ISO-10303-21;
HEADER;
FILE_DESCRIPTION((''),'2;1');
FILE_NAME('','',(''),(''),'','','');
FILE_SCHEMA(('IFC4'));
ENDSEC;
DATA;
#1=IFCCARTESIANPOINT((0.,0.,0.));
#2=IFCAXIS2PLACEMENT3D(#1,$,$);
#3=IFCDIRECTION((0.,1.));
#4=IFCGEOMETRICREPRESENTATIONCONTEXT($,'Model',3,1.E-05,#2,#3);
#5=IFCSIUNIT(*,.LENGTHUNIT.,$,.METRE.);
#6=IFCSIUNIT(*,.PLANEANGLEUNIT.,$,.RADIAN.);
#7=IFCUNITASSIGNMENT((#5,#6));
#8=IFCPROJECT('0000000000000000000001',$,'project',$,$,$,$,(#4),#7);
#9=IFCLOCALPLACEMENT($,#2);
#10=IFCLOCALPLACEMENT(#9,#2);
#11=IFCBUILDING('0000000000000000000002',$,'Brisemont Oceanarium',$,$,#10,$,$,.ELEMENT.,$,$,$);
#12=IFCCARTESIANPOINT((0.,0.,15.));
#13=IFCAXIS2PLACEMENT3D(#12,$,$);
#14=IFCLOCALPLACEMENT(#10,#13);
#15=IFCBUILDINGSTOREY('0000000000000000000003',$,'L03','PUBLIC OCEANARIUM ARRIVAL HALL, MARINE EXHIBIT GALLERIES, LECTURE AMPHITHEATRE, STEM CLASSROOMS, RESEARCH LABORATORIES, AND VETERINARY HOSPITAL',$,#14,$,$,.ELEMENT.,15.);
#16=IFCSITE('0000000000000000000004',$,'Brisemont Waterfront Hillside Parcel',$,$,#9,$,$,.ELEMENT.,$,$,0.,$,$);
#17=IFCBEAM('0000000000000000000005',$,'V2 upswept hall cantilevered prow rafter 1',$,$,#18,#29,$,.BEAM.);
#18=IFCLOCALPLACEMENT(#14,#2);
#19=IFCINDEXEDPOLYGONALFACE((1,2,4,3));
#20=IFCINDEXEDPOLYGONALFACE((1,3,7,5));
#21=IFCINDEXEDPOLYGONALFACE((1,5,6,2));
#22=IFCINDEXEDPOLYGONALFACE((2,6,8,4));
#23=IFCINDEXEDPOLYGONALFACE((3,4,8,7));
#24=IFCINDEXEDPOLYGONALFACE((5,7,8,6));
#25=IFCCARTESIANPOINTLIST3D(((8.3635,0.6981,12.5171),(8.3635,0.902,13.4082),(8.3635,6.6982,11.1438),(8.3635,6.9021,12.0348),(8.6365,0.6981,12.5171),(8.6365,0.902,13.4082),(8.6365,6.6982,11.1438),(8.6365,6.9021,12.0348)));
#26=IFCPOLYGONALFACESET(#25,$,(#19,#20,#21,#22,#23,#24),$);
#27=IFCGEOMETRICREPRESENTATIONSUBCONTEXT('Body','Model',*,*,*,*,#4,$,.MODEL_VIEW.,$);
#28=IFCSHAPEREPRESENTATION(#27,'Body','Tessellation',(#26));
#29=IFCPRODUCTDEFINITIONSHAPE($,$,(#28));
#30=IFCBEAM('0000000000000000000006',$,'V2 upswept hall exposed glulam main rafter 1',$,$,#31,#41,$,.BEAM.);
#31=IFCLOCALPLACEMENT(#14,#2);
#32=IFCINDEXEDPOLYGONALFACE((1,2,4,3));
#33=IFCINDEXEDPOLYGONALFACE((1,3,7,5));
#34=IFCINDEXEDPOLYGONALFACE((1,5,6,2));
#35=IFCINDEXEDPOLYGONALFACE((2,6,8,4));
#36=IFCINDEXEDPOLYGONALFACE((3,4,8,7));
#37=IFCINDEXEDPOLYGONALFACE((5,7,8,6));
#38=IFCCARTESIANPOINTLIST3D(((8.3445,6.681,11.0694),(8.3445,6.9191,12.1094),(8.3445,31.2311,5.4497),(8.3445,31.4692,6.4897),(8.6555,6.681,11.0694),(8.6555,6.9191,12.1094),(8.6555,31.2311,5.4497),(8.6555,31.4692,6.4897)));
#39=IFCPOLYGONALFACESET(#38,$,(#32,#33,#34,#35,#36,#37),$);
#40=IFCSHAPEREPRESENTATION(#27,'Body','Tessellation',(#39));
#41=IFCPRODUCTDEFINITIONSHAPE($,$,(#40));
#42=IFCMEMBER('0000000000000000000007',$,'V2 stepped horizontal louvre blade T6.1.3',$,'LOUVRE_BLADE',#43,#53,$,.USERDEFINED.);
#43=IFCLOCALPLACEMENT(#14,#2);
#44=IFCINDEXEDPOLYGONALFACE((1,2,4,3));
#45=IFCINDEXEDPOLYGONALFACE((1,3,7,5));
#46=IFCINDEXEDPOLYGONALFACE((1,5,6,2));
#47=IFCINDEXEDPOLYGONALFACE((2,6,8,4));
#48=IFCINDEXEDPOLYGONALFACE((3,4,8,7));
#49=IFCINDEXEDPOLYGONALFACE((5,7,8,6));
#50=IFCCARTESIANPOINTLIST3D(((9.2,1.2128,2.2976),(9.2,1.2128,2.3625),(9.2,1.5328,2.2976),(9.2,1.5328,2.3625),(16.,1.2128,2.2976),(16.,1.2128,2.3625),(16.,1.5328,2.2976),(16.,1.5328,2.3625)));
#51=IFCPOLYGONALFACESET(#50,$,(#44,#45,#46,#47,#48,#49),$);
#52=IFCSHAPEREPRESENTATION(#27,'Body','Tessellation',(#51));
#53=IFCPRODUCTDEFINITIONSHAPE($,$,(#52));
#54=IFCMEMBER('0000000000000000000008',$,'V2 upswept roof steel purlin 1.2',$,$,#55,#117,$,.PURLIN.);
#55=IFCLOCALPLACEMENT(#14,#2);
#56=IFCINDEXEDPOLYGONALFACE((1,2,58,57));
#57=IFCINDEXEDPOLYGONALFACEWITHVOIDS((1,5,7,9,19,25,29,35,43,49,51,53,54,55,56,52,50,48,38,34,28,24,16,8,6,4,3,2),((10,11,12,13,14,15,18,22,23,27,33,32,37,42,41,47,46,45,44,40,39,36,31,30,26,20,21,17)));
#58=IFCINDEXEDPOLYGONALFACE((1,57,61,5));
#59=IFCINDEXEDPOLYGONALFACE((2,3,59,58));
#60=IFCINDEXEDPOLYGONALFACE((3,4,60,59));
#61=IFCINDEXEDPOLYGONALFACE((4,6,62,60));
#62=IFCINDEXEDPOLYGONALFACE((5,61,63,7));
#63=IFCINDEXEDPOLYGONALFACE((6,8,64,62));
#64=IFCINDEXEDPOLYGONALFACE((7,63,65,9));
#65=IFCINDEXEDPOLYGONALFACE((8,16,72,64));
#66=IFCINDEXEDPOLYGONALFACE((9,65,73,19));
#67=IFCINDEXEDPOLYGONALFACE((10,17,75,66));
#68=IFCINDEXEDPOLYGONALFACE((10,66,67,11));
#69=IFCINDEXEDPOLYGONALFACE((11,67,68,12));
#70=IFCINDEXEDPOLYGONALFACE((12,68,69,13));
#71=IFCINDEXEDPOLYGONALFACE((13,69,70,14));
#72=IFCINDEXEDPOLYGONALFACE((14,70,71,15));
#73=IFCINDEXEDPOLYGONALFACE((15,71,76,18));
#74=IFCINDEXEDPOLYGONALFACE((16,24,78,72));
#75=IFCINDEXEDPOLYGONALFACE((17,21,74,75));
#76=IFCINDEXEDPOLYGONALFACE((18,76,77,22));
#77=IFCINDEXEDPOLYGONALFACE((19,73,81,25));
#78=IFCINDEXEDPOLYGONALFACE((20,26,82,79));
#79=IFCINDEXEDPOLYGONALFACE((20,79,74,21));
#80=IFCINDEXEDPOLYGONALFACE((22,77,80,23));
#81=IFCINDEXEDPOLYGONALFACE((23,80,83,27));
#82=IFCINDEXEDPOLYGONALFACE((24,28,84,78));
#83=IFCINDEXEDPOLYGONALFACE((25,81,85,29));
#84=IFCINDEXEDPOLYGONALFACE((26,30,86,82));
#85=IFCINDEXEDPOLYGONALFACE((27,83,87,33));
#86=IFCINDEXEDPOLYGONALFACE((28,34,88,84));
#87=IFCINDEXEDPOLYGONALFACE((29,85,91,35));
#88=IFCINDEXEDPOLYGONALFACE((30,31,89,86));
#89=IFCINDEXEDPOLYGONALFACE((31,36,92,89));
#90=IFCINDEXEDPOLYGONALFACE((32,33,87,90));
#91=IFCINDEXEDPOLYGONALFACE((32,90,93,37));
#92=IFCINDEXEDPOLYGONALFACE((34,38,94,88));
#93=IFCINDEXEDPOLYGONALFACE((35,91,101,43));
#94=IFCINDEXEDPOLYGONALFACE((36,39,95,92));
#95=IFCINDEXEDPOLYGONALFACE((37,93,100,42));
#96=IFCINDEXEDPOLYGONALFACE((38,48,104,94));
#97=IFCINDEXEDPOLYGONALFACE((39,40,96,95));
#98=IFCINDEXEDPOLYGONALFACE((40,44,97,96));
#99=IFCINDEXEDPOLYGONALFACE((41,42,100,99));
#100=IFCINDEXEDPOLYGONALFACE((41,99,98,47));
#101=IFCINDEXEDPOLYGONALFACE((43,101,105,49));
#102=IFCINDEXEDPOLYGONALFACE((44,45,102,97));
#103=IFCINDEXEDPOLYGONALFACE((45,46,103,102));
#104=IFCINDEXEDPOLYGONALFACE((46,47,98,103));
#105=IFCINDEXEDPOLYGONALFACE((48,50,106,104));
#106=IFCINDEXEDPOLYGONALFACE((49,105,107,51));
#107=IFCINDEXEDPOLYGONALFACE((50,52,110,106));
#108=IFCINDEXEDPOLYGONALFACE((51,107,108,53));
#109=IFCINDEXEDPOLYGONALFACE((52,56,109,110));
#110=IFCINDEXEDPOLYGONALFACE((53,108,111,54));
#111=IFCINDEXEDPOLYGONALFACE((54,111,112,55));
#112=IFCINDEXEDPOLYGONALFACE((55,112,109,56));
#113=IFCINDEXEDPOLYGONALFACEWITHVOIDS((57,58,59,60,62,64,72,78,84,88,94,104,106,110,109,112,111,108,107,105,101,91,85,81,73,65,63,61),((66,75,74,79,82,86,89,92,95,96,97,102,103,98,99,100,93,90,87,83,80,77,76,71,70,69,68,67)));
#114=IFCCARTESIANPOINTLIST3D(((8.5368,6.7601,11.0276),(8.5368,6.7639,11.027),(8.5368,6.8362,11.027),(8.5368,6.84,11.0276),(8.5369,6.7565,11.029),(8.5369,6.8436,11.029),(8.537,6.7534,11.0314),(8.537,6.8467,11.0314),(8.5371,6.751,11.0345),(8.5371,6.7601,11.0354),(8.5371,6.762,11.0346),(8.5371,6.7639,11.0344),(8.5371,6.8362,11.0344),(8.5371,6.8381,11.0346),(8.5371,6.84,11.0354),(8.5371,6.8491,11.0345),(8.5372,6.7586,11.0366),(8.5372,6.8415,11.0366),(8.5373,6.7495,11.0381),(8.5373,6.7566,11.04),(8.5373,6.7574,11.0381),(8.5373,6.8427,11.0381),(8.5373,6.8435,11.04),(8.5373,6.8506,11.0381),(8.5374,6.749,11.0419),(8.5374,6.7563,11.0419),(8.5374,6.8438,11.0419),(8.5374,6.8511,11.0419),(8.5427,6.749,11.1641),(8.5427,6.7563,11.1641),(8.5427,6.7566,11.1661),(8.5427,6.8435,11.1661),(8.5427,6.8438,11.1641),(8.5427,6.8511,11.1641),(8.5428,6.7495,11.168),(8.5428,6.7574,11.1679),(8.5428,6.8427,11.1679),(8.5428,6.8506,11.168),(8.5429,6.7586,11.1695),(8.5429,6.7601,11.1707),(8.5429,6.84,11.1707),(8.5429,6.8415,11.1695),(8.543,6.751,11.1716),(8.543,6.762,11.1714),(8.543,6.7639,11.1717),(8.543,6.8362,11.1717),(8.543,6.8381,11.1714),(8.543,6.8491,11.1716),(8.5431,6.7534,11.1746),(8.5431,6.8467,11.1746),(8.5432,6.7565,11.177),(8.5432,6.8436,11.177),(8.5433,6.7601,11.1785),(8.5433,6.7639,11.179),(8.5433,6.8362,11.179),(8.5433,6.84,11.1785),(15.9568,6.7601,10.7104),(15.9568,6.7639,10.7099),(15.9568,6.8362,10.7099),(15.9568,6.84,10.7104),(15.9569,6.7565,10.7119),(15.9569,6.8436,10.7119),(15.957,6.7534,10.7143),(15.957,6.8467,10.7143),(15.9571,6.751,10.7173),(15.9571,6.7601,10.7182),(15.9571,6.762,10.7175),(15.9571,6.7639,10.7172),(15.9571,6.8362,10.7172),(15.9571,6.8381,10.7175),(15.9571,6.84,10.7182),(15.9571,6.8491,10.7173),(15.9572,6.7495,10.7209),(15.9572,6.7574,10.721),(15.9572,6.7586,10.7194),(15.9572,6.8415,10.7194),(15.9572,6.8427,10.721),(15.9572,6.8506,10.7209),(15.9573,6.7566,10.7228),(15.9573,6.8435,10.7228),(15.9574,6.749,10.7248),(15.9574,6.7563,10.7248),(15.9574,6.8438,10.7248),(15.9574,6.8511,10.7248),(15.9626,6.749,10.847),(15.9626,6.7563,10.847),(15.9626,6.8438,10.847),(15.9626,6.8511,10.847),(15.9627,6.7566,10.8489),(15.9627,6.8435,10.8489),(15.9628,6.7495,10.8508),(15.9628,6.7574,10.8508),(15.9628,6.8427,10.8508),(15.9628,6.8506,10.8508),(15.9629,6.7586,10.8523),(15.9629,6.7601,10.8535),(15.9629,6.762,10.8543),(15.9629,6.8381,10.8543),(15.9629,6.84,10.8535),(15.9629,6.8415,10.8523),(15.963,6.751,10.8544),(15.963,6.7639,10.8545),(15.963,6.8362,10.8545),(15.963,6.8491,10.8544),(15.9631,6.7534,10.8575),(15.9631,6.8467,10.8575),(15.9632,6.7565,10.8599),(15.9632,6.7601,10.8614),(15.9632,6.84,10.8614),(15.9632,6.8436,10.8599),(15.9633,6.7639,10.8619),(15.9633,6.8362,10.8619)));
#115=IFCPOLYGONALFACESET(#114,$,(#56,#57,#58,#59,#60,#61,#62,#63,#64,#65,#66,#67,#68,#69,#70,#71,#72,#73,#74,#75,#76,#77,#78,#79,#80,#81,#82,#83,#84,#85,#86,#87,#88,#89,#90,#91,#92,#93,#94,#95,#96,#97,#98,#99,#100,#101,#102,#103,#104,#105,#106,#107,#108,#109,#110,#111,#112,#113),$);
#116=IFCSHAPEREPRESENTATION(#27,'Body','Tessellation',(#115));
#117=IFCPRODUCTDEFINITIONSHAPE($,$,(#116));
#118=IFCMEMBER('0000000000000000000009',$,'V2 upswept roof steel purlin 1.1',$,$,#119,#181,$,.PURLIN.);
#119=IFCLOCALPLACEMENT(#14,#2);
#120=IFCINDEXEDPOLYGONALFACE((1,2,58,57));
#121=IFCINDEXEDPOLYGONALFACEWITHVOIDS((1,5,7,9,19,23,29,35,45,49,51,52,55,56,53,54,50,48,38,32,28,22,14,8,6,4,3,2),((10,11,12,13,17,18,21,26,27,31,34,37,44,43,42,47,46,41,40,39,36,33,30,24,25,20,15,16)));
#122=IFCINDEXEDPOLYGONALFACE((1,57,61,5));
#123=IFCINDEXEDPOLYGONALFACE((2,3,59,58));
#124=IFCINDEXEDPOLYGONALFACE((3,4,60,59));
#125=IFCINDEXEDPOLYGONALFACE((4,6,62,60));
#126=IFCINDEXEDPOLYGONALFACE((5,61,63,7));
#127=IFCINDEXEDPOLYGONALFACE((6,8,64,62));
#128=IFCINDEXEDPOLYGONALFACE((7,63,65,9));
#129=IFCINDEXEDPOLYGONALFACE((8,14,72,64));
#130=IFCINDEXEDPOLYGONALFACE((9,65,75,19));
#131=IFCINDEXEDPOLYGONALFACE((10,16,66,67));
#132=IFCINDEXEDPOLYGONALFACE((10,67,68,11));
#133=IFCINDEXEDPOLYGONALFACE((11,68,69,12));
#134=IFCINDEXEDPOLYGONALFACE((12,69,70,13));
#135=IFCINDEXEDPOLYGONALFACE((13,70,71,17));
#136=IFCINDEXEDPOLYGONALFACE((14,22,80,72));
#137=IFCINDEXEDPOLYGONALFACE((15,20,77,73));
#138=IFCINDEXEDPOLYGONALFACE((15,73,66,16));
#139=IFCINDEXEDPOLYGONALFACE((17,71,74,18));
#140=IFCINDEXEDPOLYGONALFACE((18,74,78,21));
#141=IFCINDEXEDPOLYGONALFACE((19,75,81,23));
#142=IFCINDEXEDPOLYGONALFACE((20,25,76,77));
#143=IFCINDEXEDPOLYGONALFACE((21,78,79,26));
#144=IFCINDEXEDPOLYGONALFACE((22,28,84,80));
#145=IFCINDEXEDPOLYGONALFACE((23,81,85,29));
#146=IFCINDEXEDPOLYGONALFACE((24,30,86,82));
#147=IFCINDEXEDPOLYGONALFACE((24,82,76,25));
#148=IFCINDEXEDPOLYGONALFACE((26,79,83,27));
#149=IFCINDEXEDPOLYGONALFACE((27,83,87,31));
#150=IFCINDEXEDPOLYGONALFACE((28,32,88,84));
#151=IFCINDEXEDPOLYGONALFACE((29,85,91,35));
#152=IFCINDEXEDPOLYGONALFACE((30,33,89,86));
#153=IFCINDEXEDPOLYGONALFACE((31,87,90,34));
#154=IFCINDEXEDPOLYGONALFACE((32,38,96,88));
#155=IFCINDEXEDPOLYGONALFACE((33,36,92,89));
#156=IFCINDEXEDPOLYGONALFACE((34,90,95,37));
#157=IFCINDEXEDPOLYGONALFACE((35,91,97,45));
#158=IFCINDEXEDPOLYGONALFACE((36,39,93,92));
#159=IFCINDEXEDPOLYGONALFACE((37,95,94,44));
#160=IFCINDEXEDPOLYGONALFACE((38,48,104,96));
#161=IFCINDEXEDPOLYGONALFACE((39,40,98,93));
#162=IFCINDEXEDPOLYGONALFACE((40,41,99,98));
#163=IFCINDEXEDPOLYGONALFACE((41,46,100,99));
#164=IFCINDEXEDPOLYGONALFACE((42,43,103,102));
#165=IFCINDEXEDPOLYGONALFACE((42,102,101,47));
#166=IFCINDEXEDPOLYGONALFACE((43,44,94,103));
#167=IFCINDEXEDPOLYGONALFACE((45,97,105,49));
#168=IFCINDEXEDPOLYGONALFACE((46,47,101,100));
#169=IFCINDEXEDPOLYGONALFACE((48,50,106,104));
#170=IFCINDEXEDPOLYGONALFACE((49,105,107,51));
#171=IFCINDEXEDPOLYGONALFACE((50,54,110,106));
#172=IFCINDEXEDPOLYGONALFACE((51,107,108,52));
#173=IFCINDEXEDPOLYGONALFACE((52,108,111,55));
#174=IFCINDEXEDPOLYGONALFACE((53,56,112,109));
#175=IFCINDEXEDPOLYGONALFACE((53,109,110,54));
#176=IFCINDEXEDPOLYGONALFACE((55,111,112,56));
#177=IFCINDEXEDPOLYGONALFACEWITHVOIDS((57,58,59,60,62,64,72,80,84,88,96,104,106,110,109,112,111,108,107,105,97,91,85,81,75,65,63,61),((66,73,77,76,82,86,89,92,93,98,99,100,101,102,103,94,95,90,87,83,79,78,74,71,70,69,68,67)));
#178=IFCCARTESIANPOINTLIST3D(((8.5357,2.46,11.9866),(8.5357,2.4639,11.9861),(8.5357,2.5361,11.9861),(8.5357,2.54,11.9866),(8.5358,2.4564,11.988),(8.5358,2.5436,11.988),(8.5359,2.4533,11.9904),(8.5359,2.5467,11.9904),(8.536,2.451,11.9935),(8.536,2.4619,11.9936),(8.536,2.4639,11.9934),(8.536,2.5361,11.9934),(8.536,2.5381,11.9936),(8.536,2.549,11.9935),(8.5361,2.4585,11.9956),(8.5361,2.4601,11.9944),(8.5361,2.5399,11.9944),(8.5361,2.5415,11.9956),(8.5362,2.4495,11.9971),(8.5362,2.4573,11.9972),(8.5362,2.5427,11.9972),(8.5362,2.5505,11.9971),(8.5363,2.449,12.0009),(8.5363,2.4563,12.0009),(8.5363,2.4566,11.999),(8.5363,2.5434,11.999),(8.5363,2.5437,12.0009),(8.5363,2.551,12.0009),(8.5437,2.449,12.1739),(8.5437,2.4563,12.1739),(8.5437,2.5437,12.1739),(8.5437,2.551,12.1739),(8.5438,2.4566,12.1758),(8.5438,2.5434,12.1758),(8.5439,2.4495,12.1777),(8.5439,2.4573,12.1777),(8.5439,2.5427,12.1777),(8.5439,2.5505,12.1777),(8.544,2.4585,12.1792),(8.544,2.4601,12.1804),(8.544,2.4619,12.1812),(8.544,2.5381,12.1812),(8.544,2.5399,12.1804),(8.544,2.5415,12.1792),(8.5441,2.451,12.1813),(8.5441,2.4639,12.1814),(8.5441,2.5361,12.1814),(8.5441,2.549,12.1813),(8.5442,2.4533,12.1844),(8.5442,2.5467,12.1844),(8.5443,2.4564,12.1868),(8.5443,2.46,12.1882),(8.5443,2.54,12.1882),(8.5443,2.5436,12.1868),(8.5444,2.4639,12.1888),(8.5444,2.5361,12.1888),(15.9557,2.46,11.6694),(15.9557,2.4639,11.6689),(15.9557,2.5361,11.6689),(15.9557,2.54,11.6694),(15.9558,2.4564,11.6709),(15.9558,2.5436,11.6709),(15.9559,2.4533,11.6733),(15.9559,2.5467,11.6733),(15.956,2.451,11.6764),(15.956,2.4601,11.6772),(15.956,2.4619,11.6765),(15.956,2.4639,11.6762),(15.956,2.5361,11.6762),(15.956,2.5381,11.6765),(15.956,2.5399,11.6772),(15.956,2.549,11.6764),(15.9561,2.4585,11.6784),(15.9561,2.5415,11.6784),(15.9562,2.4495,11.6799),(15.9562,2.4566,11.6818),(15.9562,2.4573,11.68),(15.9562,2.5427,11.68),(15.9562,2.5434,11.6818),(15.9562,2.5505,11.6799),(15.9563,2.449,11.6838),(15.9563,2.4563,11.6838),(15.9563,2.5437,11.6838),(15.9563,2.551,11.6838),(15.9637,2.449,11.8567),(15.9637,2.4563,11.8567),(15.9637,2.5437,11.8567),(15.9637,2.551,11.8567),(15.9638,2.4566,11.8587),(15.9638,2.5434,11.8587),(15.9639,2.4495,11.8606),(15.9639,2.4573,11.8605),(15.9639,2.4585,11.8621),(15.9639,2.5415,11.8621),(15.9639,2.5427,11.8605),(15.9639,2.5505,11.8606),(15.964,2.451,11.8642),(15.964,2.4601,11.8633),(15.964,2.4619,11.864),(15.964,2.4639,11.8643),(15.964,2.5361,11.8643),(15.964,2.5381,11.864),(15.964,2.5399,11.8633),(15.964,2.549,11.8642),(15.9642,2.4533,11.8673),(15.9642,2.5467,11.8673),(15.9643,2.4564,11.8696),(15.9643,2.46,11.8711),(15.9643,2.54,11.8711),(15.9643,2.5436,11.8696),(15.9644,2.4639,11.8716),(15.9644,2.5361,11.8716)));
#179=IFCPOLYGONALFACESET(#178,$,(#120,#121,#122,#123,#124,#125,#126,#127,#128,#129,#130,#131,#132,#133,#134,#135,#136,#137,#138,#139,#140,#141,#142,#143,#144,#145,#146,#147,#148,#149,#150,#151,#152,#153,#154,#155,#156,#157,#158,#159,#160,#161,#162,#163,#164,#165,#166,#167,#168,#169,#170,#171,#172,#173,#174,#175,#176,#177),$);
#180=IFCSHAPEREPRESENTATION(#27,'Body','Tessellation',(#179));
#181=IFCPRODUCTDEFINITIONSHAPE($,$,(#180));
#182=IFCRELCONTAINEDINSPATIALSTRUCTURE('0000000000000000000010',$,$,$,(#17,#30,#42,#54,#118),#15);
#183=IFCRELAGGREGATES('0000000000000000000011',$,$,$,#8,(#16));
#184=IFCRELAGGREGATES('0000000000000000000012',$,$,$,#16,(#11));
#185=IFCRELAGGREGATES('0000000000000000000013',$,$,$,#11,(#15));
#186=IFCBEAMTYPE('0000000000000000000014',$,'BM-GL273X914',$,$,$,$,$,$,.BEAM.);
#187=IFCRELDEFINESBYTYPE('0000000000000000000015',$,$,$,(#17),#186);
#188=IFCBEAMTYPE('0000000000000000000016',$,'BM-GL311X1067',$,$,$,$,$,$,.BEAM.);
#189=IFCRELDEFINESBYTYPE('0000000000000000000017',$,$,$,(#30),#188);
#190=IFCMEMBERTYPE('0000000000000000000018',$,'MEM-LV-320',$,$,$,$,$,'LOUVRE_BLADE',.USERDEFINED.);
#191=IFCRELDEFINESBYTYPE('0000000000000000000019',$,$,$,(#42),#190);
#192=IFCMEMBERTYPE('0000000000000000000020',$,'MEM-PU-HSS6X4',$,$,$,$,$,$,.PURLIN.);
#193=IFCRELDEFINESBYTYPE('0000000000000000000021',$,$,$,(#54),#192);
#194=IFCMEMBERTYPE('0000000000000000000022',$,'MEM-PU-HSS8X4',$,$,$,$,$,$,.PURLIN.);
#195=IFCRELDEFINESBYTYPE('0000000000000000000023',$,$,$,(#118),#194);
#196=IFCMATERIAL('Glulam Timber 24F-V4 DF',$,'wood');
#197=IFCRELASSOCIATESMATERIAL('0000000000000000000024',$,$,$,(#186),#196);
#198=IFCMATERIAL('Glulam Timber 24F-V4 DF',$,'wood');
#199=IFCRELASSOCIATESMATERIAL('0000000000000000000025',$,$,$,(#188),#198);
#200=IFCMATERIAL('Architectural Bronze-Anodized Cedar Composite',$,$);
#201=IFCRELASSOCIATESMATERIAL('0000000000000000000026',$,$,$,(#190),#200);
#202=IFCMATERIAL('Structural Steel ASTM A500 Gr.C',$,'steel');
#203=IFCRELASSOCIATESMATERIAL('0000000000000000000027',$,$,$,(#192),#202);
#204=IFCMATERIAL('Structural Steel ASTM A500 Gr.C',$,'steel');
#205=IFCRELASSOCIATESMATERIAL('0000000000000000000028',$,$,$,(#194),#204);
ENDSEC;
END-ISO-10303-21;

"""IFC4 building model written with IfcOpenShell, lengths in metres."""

from ifc_helpers import new_model, si_unit, direction, frame, origin, origin_2d, place, context, subcontext, project, spatial, rectangle, hollow_rectangle, extrude, material, material_profile, profile_set, type_object, element, save


model = new_model("IFC4")

# Units and contexts
model_context = context("Model", 3, precision=1e-05, world=origin(), true_north=direction((0.0, 1.0)))
body_context = subcontext(model_context, "Body", "Model", "MODEL_VIEW")
ifc_project = project(units=[si_unit("LENGTHUNIT", "METRE"), si_unit("PLANEANGLEUNIT", "RADIAN")], contexts=[model_context])

# Site, building, storey
site_placement = place(None, origin())
site = spatial("IfcSite", under=ifc_project, at=site_placement, Name="Brisemont Waterfront Hillside Parcel", CompositionType="ELEMENT", RefElevation=0.0)
building_placement = place(site_placement, origin())
building = spatial("IfcBuilding", under=site, at=building_placement, Name="Brisemont Oceanarium", CompositionType="ELEMENT")
storey_placement = place(building_placement, frame((0.0, 0.0, 15.0)))
storey = spatial("IfcBuildingStorey", under=building, at=storey_placement, Name="L03", Description="PUBLIC OCEANARIUM ARRIVAL HALL, MARINE EXHIBIT GALLERIES, LECTURE AMPHITHEATRE, STEM CLASSROOMS, RESEARCH LABORATORIES, AND VETERINARY HOSPITAL", CompositionType="ELEMENT", Elevation=15.0)

# Beams
ifc_material_1 = material(Name="Glulam Timber 24F-V4 DF", Category="wood")
ifc_material_profile_1 = material_profile(ifc_material_1, rectangle(XDim=0.2729, YDim=0.9141, at=origin_2d()), Name="GL-273X914")
ifc_profile_set_1 = profile_set([ifc_material_profile_1], Name="Glulam Timber 24F-V4 DF")
beam_type_1 = type_object("IfcBeamType", Name="BM-GL273X914", PredefinedType="BEAM", material=ifc_profile_set_1)
beam_1_placement = place(storey_placement, frame((8.5, 0.8, 12.9626), z_axis=(0.0, 0.974793, -0.223112), x_axis=(-1.0, 0.0, 0.0)))
element("IfcBeam", 1, at=beam_1_placement, inside=storey, type_object=beam_type_1, Name="V2 upswept hall cantilevered prow rafter 1", PredefinedType="BEAM", context=body_context, shape_type="SweptSolid", body=[
    extrude(rectangle(XDim=0.2729, YDim=0.9141, at=origin_2d()), origin(), (0.0, 0.0, 1.0), 6.1553),
])
ifc_material_2 = material(Name="Glulam Timber 24F-V4 DF", Category="wood")
ifc_material_profile_2 = material_profile(ifc_material_2, rectangle(XDim=0.311, YDim=1.0669, at=origin_2d()), Name="GL-311X1067")
ifc_profile_set_2 = profile_set([ifc_material_profile_2], Name="Glulam Timber 24F-V4 DF")
beam_type_2 = type_object("IfcBeamType", Name="BM-GL311X1067", PredefinedType="BEAM", material=ifc_profile_set_2)
beam_2_placement = place(storey_placement, frame((8.5, 6.8, 11.5894), z_axis=(0.0, 0.974788, -0.223134), x_axis=(-1.0, 0.0, 0.0)))
element("IfcBeam", 2, at=beam_2_placement, inside=storey, type_object=beam_type_2, Name="V2 upswept hall exposed glulam main rafter 1", PredefinedType="BEAM", context=body_context, shape_type="SweptSolid", body=[
    extrude(rectangle(XDim=0.311, YDim=1.0669, at=origin_2d()), origin(), (0.0, 0.0, 1.0), 25.1851),
])

# Members
ifc_material_3 = material(Name="Architectural Bronze-Anodized Cedar Composite")
ifc_material_profile_3 = material_profile(ifc_material_3, rectangle(XDim=0.3201, YDim=0.0649, at=origin_2d()), Name="LOUVRE-320X65")
ifc_profile_set_3 = profile_set([ifc_material_profile_3], Name="Architectural Bronze-Anodized Cedar Composite")
member_type_1 = type_object("IfcMemberType", Name="MEM-LV-320", ElementType="LOUVRE_BLADE", PredefinedType="USERDEFINED", material=ifc_profile_set_3)
member_1_placement = place(storey_placement, frame((9.2, 1.3728, 2.3301), z_axis=(1.0, 0.0, 0.0), x_axis=(0.0, 1.0, 0.0)))
element("IfcMember", 3, at=member_1_placement, inside=storey, type_object=member_type_1, Name="V2 stepped horizontal louvre blade T6.1.3", ObjectType="LOUVRE_BLADE", PredefinedType="USERDEFINED", context=body_context, shape_type="SweptSolid", body=[
    extrude(rectangle(XDim=0.3201, YDim=0.0649, at=origin_2d()), origin(), (0.0, 0.0, 1.0), 6.8),
])
ifc_material_4 = material(Name="Structural Steel ASTM A500 Gr.C", Category="steel")
ifc_material_profile_4 = material_profile(ifc_material_4, hollow_rectangle(XDim=0.1021, YDim=0.1521, WallThickness=0.0073, InnerFilletRadius=0.0076, OuterFilletRadius=0.0149, at=origin_2d()), Name="HSS6X4X5/16")
ifc_profile_set_4 = profile_set([ifc_material_profile_4], Name="Structural Steel ASTM A500 Gr.C")
member_type_2 = type_object("IfcMemberType", Name="MEM-PU-HSS6X4", PredefinedType="PURLIN", material=ifc_profile_set_4)
member_2_placement = place(storey_placement, frame((8.54, 6.8, 11.103), z_axis=(0.999088, 0.0, -0.042703), x_axis=(0.0, 1.0, 0.0)))
element("IfcMember", 4, at=member_2_placement, inside=storey, type_object=member_type_2, Name="V2 upswept roof steel purlin 1.2", PredefinedType="PURLIN", context=body_context, shape_type="SweptSolid", body=[
    extrude(hollow_rectangle(XDim=0.1021, YDim=0.1521, WallThickness=0.0073, InnerFilletRadius=0.0076, OuterFilletRadius=0.0149, at=origin_2d()), origin(), (0.0, 0.0, 1.0), 7.4268),
])
ifc_material_5 = material(Name="Structural Steel ASTM A500 Gr.C", Category="steel")
ifc_material_profile_5 = material_profile(ifc_material_5, hollow_rectangle(XDim=0.1021, YDim=0.2029, WallThickness=0.0073, InnerFilletRadius=0.0076, OuterFilletRadius=0.0149, at=origin_2d()), Name="HSS8X4X5/16")
ifc_profile_set_5 = profile_set([ifc_material_profile_5], Name="Structural Steel ASTM A500 Gr.C")
member_type_3 = type_object("IfcMemberType", Name="MEM-PU-HSS8X4", PredefinedType="PURLIN", material=ifc_profile_set_5)
member_3_placement = place(storey_placement, frame((8.54, 2.5, 12.0874), z_axis=(0.999088, 0.0, -0.042703), x_axis=(0.0, 1.0, 0.0)))
element("IfcMember", 5, at=member_3_placement, inside=storey, type_object=member_type_3, Name="V2 upswept roof steel purlin 1.1", PredefinedType="PURLIN", context=body_context, shape_type="SweptSolid", body=[
    extrude(hollow_rectangle(XDim=0.1021, YDim=0.2029, WallThickness=0.0073, InnerFilletRadius=0.0076, OuterFilletRadius=0.0149, at=origin_2d()), origin(), (0.0, 0.0, 1.0), 7.4268),
])

save(model, "model.ifc")
